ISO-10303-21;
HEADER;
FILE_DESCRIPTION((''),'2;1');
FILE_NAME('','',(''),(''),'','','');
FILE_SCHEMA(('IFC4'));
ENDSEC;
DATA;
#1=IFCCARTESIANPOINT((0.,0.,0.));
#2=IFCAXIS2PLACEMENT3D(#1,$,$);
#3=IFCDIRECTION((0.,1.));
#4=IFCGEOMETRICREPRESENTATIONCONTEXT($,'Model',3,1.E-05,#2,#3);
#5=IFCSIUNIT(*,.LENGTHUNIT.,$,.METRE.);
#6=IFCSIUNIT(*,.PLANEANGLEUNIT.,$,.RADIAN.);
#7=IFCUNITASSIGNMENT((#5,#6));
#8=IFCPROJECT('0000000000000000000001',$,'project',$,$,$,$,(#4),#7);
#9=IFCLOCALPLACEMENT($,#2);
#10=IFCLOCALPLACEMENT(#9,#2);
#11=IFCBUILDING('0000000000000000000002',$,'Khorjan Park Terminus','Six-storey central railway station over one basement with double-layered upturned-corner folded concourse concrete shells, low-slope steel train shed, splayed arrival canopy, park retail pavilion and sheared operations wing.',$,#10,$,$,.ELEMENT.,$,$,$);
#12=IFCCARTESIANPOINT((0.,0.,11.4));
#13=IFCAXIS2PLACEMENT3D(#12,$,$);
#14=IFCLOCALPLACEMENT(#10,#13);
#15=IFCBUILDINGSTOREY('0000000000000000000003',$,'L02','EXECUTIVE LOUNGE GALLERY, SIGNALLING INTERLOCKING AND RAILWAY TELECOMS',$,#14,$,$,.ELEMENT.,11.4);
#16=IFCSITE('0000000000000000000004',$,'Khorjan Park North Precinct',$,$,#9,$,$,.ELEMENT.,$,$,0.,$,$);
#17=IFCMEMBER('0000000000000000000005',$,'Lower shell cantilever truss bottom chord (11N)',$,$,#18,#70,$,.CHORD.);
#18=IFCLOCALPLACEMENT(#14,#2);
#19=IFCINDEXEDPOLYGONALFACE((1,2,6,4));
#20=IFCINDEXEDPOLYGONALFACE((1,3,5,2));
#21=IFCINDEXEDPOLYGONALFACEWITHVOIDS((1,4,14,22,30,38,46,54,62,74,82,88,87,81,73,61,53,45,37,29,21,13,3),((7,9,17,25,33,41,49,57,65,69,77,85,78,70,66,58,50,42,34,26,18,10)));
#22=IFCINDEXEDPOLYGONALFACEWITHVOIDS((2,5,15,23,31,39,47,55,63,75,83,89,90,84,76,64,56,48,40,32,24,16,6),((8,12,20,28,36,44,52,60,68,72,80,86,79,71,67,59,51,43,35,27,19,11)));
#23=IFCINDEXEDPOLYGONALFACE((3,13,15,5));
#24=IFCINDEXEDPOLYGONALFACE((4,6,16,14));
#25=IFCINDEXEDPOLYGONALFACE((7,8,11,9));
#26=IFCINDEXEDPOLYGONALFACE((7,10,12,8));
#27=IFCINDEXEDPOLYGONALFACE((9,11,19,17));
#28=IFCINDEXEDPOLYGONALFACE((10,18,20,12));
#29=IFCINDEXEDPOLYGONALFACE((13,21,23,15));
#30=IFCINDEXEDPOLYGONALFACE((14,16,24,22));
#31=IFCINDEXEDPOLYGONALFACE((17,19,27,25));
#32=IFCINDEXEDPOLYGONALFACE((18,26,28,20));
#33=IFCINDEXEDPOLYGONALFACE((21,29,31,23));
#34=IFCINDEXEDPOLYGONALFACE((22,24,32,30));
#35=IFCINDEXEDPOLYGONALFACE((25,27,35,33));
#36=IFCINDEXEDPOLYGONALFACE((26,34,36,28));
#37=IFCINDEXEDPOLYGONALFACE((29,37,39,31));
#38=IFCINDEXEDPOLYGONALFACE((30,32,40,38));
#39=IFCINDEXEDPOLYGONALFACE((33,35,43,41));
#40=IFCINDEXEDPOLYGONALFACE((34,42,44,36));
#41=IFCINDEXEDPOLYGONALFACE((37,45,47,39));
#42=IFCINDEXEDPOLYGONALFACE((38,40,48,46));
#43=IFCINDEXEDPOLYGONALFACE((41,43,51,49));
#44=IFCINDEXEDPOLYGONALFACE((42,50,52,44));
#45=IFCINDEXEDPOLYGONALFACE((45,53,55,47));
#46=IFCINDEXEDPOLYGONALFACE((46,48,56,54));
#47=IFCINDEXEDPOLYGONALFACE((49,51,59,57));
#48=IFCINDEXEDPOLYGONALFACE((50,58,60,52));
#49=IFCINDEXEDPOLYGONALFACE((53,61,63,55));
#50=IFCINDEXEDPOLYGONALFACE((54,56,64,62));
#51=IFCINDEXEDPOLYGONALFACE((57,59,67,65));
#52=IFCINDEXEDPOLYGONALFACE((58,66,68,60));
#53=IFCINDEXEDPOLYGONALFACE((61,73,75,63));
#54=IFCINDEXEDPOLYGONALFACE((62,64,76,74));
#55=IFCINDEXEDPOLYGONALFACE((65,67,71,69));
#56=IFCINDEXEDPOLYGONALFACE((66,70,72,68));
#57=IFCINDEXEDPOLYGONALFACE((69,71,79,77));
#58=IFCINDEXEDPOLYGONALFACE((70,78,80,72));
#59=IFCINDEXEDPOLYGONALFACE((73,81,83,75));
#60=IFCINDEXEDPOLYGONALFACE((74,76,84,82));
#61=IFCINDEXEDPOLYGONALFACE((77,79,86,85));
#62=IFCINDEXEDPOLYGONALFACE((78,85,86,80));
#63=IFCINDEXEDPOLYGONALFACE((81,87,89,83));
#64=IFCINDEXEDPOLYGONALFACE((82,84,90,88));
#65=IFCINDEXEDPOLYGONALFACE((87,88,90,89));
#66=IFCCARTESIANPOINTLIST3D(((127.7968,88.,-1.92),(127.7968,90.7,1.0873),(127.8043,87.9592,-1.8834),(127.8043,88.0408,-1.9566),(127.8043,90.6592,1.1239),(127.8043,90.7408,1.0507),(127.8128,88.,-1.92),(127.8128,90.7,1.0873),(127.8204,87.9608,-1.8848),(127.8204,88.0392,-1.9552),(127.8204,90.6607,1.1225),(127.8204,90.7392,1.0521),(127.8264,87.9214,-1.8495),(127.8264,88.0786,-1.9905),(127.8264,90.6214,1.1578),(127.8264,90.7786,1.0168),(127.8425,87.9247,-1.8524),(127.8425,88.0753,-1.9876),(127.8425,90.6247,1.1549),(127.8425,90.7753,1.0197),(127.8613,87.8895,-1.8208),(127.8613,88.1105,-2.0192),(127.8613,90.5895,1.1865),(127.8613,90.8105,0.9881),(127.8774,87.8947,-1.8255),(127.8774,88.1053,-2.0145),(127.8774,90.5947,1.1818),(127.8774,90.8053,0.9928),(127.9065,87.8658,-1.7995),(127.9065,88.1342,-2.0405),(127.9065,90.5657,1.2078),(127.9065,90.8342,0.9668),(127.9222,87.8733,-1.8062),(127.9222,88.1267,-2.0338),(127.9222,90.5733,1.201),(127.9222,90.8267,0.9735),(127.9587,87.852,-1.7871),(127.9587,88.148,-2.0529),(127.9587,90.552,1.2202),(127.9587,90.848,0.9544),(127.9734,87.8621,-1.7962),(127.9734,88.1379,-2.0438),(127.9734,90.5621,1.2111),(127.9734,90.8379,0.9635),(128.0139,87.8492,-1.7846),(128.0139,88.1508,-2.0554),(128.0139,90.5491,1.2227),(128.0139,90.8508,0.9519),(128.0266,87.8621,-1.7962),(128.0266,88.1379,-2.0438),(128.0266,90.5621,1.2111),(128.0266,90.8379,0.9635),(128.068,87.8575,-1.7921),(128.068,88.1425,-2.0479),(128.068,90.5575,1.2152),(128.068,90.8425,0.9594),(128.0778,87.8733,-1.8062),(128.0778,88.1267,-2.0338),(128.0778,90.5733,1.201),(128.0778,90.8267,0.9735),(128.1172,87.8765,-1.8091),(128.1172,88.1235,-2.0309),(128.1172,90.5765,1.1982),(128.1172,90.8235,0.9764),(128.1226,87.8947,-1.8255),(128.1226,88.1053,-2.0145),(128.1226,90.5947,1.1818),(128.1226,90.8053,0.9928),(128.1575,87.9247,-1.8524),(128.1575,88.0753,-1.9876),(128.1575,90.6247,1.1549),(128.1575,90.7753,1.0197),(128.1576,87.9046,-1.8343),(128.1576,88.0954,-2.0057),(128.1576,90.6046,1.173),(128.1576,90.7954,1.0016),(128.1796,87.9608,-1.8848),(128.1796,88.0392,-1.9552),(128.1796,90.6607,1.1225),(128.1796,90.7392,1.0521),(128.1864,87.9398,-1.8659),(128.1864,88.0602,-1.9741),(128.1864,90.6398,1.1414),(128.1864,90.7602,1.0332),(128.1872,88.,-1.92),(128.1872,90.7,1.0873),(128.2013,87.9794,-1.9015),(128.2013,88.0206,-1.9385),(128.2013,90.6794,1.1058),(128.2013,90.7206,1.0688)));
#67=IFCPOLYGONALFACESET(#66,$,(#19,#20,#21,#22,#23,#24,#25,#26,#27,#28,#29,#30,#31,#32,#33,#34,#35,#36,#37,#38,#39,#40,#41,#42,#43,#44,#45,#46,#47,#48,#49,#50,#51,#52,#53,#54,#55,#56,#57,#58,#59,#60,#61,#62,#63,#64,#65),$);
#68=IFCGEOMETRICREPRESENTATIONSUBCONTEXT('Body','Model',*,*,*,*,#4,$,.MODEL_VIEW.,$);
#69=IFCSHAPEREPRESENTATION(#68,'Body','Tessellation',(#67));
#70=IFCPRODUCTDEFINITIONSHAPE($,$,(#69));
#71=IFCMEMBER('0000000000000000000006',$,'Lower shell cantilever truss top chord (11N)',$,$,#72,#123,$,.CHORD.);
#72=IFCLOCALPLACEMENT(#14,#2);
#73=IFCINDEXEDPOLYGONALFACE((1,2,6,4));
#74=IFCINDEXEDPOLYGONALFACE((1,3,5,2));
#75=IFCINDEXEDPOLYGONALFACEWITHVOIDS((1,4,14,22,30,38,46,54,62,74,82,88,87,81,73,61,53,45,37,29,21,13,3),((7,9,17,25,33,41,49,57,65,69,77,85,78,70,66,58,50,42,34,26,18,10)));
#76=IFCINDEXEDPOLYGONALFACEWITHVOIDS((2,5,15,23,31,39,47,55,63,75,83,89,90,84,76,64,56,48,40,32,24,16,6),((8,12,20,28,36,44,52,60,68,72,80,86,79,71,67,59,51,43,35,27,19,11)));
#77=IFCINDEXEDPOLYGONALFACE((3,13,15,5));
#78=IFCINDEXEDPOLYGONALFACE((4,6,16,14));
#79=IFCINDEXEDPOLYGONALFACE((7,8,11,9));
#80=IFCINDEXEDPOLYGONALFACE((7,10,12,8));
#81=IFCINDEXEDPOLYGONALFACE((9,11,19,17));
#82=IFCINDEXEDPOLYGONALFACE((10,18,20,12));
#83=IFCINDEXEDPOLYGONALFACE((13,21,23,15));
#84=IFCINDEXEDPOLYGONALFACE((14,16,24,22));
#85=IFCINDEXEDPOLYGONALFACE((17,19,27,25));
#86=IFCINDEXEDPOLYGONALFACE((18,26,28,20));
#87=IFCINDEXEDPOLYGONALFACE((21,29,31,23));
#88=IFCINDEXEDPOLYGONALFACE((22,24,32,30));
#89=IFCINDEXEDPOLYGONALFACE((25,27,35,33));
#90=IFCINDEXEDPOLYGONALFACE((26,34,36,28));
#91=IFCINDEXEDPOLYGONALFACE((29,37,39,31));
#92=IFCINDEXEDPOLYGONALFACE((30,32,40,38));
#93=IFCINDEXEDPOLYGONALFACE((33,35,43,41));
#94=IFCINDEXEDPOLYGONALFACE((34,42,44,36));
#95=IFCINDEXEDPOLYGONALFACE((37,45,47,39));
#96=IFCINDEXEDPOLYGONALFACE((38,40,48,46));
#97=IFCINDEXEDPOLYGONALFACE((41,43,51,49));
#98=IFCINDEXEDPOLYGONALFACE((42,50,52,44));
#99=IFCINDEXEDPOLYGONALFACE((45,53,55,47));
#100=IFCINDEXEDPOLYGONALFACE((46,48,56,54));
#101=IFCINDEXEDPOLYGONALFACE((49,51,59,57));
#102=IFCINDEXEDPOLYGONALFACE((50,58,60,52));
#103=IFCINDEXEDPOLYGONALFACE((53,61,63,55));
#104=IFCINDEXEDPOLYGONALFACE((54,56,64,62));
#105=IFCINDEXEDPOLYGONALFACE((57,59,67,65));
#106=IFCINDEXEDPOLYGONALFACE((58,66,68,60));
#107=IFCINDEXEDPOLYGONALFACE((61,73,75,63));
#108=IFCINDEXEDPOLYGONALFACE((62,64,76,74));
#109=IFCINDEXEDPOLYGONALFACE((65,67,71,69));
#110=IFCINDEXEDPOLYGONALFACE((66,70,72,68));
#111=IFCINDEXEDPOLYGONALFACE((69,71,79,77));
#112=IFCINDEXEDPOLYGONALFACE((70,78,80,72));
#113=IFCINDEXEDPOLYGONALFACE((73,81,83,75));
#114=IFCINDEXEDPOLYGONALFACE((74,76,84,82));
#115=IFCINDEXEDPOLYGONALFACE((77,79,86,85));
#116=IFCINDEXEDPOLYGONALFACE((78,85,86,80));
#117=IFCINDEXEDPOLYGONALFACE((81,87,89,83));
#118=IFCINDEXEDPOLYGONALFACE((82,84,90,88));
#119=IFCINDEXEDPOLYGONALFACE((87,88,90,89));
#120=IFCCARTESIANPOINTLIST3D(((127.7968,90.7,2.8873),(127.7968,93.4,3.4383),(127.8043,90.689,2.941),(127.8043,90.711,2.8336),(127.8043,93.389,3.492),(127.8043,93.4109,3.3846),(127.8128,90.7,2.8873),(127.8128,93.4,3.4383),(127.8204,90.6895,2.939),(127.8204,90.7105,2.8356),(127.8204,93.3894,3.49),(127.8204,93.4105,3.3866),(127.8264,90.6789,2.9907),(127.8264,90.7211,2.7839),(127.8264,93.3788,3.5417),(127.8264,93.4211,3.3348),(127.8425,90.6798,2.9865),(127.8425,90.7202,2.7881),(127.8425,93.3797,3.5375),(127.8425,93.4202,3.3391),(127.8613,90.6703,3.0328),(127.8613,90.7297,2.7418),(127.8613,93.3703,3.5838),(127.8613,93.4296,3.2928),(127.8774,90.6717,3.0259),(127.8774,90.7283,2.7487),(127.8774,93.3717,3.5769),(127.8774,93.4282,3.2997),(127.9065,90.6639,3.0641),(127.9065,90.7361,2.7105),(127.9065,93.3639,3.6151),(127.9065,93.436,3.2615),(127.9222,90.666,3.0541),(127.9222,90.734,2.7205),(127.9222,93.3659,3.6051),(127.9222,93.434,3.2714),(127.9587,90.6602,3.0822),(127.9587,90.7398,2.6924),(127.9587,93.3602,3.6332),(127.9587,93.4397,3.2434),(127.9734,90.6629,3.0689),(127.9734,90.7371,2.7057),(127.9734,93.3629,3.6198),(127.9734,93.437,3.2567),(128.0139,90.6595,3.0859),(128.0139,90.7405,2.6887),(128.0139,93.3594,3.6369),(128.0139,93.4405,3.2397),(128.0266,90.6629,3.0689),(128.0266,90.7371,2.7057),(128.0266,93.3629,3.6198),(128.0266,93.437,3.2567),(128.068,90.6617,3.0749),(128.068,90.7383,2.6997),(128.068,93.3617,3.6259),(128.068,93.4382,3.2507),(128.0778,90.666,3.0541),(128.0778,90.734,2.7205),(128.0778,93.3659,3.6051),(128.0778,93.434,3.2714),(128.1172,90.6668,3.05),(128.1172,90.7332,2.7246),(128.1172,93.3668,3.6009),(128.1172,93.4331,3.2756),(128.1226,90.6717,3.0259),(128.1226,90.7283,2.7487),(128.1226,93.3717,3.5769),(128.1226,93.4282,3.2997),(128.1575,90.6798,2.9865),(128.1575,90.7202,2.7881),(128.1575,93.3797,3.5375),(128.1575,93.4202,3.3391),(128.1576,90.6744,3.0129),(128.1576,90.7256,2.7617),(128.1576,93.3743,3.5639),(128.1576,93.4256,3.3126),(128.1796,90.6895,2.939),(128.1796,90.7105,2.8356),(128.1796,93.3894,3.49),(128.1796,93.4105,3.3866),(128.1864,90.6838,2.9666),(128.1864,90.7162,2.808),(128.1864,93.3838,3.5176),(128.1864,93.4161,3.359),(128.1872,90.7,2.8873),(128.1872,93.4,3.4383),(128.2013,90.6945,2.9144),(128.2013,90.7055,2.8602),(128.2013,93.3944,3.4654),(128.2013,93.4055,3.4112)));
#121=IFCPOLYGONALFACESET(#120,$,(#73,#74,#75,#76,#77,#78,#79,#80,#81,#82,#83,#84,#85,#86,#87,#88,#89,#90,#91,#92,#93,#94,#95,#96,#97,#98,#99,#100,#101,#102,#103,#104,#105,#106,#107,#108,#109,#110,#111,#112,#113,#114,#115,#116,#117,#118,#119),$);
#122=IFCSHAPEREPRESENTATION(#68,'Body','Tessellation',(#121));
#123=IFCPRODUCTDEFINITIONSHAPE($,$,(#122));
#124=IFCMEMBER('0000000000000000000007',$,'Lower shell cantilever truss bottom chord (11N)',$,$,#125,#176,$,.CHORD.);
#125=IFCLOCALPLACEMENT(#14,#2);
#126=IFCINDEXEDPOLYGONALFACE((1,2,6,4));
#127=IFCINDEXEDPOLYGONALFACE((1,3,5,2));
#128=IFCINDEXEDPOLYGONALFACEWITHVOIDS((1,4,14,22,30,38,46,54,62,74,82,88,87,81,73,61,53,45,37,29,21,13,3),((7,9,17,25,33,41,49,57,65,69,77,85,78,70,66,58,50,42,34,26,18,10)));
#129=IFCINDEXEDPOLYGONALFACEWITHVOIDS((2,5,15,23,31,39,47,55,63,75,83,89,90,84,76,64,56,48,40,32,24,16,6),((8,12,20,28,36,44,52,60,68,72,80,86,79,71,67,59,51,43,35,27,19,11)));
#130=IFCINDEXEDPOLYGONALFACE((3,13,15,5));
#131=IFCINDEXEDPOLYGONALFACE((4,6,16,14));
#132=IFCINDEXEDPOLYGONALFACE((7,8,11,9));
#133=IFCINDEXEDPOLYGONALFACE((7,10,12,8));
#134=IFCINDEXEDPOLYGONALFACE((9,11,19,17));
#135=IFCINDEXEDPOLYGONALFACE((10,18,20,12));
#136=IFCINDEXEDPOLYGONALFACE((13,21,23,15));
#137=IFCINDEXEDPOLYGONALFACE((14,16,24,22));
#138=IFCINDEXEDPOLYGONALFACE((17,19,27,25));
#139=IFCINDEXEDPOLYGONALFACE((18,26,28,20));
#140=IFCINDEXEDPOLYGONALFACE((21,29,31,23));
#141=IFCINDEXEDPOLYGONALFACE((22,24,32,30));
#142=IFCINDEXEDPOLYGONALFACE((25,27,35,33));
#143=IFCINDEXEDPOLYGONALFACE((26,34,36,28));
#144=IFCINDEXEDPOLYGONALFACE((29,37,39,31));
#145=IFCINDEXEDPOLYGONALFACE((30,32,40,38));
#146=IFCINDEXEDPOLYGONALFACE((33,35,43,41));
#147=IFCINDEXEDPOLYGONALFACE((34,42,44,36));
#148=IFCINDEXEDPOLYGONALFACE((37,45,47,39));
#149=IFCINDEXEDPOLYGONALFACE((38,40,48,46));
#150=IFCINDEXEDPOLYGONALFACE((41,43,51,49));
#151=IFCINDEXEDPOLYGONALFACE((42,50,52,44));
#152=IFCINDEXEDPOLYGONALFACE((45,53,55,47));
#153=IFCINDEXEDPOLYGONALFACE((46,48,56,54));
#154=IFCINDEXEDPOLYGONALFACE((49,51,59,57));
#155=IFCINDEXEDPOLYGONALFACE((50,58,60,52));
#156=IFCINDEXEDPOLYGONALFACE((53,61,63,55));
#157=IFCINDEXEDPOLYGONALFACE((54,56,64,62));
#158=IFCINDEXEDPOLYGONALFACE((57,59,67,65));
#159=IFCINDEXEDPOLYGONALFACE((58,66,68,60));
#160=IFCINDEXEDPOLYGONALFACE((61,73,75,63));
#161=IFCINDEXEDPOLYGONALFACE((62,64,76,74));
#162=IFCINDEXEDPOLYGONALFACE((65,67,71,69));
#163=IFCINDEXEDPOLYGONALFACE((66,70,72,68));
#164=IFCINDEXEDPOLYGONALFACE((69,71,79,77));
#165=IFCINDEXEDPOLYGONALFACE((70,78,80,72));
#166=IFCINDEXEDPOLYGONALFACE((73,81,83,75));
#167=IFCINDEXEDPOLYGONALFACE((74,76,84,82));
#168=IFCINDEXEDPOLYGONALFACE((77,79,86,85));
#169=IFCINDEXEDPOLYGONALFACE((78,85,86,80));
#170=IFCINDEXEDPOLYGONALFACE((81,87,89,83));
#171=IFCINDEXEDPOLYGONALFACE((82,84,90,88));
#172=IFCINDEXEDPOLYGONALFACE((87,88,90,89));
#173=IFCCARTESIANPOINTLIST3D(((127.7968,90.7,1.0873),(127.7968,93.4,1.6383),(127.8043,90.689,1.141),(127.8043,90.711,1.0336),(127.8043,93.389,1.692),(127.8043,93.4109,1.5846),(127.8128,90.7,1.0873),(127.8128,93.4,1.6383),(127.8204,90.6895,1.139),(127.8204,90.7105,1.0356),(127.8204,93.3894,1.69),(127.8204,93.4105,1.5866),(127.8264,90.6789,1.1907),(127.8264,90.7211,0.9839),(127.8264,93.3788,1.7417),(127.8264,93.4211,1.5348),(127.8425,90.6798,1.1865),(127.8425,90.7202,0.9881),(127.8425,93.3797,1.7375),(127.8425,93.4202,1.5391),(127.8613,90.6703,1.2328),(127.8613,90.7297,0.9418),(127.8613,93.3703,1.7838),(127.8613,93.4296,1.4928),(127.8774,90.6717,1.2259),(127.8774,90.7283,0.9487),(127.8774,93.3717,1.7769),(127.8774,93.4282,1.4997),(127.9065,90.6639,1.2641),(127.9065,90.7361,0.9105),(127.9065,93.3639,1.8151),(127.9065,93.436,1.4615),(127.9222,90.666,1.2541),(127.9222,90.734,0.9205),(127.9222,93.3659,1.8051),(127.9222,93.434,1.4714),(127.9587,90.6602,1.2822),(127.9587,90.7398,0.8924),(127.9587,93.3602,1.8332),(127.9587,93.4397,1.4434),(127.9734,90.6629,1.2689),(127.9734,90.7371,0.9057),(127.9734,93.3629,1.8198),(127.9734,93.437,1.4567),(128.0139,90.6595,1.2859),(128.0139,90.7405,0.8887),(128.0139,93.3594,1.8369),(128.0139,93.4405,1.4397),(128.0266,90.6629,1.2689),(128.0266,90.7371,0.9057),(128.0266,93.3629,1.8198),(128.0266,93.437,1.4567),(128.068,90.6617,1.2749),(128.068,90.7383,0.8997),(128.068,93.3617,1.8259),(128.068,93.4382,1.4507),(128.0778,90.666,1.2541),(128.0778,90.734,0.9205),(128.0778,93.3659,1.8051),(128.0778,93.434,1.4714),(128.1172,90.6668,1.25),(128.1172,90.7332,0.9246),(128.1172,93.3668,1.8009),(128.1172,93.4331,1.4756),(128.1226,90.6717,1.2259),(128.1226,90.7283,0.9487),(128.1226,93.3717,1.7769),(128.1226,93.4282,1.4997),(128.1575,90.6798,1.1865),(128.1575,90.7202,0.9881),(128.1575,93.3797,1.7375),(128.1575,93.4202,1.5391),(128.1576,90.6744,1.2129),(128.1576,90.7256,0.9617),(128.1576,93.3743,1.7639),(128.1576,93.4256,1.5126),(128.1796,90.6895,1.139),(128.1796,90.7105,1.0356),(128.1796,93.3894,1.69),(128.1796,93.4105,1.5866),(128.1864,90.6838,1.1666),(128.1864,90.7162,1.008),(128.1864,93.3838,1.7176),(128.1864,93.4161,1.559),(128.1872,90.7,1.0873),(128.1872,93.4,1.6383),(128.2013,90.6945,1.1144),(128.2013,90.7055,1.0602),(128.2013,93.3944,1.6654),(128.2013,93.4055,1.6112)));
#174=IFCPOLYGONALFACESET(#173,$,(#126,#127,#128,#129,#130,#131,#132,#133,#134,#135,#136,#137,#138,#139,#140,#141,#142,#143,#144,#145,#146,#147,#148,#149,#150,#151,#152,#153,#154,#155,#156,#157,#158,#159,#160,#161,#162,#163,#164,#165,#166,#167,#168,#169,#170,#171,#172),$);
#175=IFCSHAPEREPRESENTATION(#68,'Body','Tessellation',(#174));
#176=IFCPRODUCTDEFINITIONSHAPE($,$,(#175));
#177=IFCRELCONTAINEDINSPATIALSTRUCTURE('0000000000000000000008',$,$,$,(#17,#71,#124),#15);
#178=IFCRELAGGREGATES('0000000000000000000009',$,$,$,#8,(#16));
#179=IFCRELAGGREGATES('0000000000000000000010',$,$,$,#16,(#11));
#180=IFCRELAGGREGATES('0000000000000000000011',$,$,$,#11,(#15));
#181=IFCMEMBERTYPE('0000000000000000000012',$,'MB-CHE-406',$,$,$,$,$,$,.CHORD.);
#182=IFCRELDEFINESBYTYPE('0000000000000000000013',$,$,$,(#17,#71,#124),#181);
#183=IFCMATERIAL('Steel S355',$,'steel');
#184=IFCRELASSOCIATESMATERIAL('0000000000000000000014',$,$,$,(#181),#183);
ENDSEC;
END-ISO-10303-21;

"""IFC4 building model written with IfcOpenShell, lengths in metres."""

from ifc_helpers import new_model, si_unit, direction, frame, origin, origin_2d, place, context, subcontext, project, spatial, hollow_circle, extrude, material, material_profile, profile_set, type_object, element, save


model = new_model("IFC4")

# Units and contexts
model_context = context("Model", 3, precision=1e-05, world=origin(), true_north=direction((0.0, 1.0)))
body_context = subcontext(model_context, "Body", "Model", "MODEL_VIEW")
ifc_project = project(units=[si_unit("LENGTHUNIT", "METRE"), si_unit("PLANEANGLEUNIT", "RADIAN")], contexts=[model_context])

# Site, building, storey
site_placement = place(None, origin())
site = spatial("IfcSite", under=ifc_project, at=site_placement, Name="Khorjan Park North Precinct", CompositionType="ELEMENT", RefElevation=0.0)
building_placement = place(site_placement, origin())
building = spatial("IfcBuilding", under=site, at=building_placement, Name="Khorjan Park Terminus", Description="Six-storey central railway station over one basement with double-layered upturned-corner folded concourse concrete shells, low-slope steel train shed, splayed arrival canopy, park retail pavilion and sheared operations wing.", CompositionType="ELEMENT")
storey_placement = place(building_placement, frame((0.0, 0.0, 11.4)))
storey = spatial("IfcBuildingStorey", under=building, at=storey_placement, Name="L02", Description="EXECUTIVE LOUNGE GALLERY, SIGNALLING INTERLOCKING AND RAILWAY TELECOMS", CompositionType="ELEMENT", Elevation=11.4)

# Members
ifc_material_1 = material(Name="Steel S355", Category="steel")
ifc_material_profile_1 = material_profile(ifc_material_1, hollow_circle(Radius=0.2032, WallThickness=0.016, at=origin_2d()), Name="CHS 406.4x16")
ifc_profile_set_1 = profile_set([ifc_material_profile_1], Name="Steel S355")
member_type_1 = type_object("IfcMemberType", Name="MB-CHE-406", PredefinedType="CHORD", material=ifc_profile_set_1)
member_1_placement = place(storey_placement, frame((128.0, 88.0, -1.92), z_axis=(0.0, 0.668066, 0.744102), x_axis=(-1.0, 0.0, 0.0)))
element("IfcMember", 1, at=member_1_placement, inside=storey, type_object=member_type_1, Name="Lower shell cantilever truss bottom chord (11N)", PredefinedType="CHORD", context=body_context, shape_type="SweptSolid", body=[
    extrude(hollow_circle(Radius=0.2032, WallThickness=0.016, at=origin_2d()), origin(), (0.0, 0.0, 1.0), 4.0415),
])
for number, where, z_axis, x_axis, name in (
    (2, (128.0, 90.7, 2.8873), (0.0, 0.979806, 0.199953), (-1.0, 0.0, 0.0), "Lower shell cantilever truss top chord (11N)"),
    (3, (128.0, 90.7, 1.0873), (0.0, 0.979806, 0.199953), (-1.0, 0.0, 0.0), "Lower shell cantilever truss bottom chord (11N)"),
):
    element("IfcMember", number, at=place(storey_placement, frame(where, z_axis=z_axis, x_axis=x_axis)), inside=storey, type_object=member_type_1, Name=name, PredefinedType="CHORD", context=body_context, shape_type="SweptSolid", body=[
        extrude(hollow_circle(Radius=0.2032, WallThickness=0.016, at=origin_2d()), origin(), (0.0, 0.0, 1.0), 2.7556),
    ])

save(model, "model.ifc")
